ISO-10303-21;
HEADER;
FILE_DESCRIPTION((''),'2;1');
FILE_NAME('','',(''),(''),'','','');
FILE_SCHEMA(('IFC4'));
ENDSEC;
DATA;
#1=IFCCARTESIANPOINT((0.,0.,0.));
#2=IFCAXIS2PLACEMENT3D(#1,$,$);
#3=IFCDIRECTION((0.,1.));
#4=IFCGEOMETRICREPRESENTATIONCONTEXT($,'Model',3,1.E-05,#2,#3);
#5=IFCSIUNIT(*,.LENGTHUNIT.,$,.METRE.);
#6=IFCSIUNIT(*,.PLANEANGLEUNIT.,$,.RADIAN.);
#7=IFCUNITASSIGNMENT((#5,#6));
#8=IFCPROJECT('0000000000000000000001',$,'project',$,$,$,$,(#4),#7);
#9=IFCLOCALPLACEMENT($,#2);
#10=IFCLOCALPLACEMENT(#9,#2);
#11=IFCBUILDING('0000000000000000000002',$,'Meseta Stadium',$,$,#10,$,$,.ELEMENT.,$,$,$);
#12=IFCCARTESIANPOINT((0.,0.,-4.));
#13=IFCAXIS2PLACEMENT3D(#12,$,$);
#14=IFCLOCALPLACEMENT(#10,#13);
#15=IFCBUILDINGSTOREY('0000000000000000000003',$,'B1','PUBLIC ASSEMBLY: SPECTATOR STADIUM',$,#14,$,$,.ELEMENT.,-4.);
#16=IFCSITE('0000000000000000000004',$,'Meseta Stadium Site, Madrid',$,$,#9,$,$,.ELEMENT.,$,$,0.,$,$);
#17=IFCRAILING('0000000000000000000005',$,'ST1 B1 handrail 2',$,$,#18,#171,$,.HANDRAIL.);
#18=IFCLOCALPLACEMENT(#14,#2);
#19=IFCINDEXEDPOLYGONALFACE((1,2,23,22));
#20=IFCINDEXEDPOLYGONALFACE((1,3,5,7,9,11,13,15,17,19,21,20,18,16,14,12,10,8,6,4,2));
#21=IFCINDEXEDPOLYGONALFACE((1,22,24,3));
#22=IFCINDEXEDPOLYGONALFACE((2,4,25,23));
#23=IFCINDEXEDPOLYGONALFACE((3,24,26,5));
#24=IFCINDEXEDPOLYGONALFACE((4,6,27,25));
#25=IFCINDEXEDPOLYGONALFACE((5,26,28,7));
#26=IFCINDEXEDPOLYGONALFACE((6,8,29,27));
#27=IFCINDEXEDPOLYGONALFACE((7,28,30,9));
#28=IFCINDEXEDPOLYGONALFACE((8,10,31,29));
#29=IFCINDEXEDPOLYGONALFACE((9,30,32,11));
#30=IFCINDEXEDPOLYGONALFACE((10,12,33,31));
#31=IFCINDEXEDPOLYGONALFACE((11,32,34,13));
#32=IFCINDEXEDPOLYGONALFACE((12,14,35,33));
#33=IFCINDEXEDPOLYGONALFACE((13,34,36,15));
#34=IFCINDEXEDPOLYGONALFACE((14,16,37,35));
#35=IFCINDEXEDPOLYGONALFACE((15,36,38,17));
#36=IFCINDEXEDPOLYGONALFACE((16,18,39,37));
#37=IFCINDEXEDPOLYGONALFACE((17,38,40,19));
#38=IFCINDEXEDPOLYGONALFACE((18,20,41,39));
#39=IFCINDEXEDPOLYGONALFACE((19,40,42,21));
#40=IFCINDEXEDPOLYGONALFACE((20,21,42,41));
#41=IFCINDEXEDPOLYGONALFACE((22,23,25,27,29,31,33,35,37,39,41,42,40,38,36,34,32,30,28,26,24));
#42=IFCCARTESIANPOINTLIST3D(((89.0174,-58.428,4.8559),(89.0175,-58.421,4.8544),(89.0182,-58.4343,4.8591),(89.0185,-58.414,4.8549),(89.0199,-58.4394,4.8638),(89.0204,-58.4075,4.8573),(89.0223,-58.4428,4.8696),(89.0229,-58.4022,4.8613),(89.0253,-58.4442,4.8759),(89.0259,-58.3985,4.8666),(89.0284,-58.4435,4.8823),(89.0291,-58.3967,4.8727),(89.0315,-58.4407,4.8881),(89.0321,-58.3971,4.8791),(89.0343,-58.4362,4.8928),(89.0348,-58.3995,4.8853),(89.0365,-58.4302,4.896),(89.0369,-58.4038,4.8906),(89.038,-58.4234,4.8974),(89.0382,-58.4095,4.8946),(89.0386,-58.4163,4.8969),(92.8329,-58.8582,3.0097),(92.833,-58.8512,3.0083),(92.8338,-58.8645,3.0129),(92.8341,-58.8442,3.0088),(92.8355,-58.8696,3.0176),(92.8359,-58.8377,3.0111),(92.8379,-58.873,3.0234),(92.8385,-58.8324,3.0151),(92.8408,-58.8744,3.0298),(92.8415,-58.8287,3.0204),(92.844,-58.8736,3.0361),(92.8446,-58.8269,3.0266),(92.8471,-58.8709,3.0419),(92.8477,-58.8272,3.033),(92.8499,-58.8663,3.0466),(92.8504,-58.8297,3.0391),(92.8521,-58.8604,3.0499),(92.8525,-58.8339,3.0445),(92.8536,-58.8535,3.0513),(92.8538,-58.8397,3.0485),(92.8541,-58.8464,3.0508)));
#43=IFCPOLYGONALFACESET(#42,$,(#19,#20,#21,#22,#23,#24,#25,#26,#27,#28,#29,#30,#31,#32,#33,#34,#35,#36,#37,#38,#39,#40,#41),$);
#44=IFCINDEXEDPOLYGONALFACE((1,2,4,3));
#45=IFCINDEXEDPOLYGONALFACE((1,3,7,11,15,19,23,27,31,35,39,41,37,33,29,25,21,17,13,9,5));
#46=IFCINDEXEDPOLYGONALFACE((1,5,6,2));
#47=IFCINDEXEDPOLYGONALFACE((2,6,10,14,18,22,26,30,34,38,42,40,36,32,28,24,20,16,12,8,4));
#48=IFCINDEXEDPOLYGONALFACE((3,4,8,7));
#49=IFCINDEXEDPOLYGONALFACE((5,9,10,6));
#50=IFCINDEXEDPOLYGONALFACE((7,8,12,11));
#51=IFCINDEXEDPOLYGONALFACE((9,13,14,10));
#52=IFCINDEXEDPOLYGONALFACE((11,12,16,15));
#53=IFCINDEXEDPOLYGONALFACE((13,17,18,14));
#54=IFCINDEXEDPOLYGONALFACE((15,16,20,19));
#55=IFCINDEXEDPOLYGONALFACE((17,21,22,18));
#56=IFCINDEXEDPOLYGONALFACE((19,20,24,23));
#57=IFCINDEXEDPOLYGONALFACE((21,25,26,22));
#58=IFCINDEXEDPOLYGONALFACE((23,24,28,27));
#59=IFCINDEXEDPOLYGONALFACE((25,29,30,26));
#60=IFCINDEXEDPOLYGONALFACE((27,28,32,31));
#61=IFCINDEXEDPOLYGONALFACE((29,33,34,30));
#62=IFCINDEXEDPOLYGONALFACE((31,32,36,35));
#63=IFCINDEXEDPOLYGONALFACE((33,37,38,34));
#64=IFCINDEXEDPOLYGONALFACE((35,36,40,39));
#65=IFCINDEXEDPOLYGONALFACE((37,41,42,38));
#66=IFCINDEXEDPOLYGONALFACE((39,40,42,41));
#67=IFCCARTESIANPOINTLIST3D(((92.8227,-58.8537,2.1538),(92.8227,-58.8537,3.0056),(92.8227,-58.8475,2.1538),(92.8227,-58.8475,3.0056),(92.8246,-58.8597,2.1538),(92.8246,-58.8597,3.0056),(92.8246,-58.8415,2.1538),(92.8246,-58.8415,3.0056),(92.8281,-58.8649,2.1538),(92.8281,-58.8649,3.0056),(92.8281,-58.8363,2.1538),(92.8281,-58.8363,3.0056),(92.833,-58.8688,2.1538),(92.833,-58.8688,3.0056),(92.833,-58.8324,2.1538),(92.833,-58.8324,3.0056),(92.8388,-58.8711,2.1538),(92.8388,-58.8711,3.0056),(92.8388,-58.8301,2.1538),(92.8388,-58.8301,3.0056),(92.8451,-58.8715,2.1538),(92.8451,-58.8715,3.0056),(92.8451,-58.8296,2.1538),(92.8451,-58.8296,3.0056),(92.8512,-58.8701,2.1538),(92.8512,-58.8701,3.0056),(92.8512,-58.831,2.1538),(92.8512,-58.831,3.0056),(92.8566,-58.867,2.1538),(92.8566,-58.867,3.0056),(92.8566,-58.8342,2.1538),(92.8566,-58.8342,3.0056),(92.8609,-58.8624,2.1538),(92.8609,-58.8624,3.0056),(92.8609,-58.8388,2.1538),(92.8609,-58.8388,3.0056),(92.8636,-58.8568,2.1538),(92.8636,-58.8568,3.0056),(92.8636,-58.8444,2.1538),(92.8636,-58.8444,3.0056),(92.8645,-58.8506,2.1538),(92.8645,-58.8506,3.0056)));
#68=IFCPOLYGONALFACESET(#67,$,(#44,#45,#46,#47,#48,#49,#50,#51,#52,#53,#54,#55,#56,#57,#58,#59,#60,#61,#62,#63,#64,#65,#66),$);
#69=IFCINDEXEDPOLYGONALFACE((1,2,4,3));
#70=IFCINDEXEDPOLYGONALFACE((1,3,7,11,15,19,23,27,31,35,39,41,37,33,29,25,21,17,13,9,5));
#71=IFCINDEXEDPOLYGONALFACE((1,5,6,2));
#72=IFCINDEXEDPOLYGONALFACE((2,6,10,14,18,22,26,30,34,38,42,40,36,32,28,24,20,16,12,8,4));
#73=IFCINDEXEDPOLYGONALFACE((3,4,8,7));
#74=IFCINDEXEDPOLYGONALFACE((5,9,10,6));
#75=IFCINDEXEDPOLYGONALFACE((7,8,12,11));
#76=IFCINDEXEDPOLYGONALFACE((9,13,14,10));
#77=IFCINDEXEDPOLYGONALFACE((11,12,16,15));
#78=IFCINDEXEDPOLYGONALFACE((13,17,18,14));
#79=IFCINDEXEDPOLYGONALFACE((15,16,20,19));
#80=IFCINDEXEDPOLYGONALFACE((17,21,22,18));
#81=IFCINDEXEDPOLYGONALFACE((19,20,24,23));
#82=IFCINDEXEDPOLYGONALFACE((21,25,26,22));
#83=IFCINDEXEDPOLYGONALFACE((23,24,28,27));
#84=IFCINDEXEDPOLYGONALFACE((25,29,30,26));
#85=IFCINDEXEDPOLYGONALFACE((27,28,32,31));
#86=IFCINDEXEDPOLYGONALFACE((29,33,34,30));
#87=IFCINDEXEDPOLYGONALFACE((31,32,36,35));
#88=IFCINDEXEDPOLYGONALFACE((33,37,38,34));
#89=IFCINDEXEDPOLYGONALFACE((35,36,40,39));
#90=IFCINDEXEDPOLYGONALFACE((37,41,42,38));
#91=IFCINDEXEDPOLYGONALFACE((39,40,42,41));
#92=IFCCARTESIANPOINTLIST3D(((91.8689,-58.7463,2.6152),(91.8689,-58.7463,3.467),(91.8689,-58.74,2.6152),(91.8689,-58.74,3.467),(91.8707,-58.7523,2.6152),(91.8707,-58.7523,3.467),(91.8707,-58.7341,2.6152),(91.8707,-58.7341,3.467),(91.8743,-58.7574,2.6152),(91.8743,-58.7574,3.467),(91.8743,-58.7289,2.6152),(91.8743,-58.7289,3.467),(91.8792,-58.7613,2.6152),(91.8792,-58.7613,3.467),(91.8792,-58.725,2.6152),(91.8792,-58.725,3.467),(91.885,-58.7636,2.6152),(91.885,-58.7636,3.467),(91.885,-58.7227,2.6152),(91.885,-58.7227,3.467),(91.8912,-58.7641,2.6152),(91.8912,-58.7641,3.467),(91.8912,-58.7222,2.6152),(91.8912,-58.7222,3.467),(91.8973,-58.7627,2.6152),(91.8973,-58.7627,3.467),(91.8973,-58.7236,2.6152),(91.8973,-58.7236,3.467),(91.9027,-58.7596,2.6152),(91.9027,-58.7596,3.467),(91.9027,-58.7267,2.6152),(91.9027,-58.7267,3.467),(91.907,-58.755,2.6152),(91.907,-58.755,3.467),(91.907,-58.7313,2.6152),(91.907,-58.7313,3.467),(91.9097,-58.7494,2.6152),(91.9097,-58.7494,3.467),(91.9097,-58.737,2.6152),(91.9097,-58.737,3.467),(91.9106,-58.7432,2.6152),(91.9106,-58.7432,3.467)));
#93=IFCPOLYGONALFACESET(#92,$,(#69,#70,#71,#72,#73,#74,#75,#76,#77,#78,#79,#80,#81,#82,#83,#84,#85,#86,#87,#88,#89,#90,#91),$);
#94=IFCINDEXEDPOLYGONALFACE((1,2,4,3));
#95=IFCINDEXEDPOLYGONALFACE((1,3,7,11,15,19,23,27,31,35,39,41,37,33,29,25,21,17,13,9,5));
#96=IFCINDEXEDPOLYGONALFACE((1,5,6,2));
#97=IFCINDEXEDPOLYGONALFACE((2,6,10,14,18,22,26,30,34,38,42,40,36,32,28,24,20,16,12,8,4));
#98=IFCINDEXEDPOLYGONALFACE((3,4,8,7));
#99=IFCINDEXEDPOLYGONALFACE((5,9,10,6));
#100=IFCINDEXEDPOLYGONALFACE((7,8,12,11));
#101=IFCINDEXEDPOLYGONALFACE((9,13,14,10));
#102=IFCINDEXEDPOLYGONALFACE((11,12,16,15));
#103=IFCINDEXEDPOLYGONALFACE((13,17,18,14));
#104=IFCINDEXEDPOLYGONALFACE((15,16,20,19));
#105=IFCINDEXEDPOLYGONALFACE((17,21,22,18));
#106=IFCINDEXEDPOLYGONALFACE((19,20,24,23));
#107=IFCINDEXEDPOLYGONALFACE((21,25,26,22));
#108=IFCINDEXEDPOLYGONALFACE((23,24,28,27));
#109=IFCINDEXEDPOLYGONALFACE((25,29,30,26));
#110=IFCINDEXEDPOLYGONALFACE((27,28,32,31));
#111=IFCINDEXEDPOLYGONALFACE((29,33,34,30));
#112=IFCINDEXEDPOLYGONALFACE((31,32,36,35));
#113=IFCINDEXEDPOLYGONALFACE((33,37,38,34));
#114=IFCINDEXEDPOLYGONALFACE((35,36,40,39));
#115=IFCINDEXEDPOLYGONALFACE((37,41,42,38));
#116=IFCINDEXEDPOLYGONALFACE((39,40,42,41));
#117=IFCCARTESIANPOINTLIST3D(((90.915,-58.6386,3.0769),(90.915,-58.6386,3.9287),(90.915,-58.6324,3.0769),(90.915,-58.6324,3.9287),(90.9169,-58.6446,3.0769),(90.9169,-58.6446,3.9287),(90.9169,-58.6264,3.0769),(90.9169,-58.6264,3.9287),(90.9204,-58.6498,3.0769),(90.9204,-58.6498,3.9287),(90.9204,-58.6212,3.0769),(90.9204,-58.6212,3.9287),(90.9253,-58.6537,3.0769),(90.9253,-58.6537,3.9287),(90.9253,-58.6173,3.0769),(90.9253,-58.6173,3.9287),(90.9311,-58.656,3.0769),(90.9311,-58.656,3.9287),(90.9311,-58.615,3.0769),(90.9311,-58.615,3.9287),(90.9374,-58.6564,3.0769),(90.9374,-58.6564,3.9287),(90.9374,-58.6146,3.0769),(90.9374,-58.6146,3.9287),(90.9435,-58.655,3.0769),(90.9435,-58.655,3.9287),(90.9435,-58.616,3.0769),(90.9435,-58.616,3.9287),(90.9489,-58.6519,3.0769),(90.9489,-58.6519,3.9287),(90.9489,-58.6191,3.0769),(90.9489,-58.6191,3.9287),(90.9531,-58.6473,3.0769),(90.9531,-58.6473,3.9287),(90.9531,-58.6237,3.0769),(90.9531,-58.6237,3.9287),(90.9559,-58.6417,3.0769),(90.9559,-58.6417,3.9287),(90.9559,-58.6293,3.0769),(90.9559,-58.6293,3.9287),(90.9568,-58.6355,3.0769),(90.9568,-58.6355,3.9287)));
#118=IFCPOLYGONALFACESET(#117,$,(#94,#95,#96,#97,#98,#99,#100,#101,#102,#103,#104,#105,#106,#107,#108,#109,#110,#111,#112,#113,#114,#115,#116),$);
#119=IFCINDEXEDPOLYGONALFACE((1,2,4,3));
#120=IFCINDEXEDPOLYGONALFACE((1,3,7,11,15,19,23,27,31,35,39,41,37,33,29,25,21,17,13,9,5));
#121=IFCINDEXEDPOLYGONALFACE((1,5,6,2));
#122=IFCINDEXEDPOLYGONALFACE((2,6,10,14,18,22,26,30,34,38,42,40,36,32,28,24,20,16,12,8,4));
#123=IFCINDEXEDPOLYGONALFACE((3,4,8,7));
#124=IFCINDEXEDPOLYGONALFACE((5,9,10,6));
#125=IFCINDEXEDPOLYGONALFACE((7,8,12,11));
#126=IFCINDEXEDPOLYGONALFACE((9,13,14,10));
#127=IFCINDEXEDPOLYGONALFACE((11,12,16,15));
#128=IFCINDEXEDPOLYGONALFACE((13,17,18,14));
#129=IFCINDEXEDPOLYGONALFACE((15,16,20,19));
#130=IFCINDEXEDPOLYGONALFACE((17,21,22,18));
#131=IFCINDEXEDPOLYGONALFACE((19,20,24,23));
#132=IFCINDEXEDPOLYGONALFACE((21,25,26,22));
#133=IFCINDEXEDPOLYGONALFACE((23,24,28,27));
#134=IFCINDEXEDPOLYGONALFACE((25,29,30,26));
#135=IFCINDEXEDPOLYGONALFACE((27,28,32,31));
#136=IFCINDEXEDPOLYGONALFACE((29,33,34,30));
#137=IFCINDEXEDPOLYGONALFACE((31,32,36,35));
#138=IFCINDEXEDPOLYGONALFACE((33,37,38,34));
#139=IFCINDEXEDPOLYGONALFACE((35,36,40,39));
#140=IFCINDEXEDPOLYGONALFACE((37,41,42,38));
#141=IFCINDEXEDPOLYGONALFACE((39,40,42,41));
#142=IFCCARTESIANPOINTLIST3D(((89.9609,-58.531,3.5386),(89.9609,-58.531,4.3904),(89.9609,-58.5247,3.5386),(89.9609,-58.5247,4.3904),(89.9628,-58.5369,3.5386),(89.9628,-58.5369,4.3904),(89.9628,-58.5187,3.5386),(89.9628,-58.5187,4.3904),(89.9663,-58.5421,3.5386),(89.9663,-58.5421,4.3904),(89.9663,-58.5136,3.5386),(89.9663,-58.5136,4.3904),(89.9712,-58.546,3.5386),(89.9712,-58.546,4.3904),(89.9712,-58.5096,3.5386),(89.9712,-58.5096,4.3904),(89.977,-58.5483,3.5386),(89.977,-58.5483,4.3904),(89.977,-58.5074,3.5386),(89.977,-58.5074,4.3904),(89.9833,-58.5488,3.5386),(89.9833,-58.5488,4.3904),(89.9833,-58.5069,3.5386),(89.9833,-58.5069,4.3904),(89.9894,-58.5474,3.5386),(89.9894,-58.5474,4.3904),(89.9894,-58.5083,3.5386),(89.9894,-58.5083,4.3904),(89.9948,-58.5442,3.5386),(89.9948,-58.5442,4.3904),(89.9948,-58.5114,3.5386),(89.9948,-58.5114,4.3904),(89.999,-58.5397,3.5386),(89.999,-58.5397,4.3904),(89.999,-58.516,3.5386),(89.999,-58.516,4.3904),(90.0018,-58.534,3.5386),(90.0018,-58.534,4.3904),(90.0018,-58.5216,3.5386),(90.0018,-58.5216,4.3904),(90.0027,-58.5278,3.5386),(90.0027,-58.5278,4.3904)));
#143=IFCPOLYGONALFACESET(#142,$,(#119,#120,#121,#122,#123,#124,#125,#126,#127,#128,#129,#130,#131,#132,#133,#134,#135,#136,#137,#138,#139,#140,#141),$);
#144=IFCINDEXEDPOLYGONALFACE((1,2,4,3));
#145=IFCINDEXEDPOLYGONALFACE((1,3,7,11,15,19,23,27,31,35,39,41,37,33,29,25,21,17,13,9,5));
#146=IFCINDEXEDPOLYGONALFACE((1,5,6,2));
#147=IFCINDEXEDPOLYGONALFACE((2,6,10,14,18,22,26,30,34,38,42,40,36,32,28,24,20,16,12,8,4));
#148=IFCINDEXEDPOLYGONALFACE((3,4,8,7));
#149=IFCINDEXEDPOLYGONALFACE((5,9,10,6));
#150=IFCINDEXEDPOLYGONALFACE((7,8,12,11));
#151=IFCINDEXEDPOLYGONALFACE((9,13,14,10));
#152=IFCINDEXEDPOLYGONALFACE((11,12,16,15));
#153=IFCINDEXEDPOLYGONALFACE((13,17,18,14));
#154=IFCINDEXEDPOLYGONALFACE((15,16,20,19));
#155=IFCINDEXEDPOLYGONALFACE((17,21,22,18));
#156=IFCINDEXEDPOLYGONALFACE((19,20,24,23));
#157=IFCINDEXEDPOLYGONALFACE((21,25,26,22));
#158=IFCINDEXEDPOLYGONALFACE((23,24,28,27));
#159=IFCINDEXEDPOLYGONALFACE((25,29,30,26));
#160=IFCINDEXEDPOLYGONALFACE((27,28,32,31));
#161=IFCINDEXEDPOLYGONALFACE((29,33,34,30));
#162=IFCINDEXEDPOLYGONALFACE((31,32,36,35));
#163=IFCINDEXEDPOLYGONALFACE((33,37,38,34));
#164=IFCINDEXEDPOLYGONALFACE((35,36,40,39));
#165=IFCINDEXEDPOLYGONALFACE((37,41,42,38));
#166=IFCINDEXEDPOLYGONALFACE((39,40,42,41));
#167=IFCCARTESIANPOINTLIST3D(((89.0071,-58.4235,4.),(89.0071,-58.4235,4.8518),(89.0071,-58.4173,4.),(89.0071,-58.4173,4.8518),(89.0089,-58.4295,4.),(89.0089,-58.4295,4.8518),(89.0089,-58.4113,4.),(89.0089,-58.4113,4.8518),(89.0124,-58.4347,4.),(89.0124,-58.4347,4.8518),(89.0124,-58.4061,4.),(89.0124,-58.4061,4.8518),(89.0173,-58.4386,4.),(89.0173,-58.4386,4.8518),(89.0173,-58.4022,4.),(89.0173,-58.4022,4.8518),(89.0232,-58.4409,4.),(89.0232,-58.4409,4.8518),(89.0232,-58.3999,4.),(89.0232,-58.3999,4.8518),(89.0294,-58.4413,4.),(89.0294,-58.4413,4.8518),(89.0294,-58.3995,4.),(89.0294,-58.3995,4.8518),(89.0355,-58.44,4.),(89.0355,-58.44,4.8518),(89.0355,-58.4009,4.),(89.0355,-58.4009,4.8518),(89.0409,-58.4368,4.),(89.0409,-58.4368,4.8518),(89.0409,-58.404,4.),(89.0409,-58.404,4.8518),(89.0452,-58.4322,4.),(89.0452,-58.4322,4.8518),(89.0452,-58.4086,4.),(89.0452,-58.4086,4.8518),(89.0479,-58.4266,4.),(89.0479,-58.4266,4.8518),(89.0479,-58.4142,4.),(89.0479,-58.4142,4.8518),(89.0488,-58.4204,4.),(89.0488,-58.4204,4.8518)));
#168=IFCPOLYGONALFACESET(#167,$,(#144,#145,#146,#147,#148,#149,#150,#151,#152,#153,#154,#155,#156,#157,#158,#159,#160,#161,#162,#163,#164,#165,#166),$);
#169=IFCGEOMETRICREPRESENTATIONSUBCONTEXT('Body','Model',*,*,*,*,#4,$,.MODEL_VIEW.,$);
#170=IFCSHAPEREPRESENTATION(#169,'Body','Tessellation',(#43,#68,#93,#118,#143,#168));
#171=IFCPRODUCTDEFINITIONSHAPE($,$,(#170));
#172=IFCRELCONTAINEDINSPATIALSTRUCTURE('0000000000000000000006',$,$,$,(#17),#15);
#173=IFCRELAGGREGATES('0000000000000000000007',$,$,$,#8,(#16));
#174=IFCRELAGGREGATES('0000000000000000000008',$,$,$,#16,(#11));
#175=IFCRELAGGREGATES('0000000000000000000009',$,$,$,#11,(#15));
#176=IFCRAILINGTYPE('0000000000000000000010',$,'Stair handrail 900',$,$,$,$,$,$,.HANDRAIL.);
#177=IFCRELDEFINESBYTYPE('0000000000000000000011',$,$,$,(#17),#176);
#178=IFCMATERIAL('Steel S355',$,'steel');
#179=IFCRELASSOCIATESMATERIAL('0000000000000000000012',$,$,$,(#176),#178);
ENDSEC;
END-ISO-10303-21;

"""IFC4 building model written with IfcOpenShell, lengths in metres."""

from ifc_helpers import new_model, si_unit, direction, frame, origin, origin_2d, place, context, subcontext, project, spatial, circle, extrude, material, type_object, element, save


model = new_model("IFC4")

# Units and contexts
model_context = context("Model", 3, precision=1e-05, world=origin(), true_north=direction((0.0, 1.0)))
body_context = subcontext(model_context, "Body", "Model", "MODEL_VIEW")
ifc_project = project(units=[si_unit("LENGTHUNIT", "METRE"), si_unit("PLANEANGLEUNIT", "RADIAN")], contexts=[model_context])

# Site, building, storey
site_placement = place(None, origin())
site = spatial("IfcSite", under=ifc_project, at=site_placement, Name="Meseta Stadium Site, Madrid", CompositionType="ELEMENT", RefElevation=0.0)
building_placement = place(site_placement, origin())
building = spatial("IfcBuilding", under=site, at=building_placement, Name="Meseta Stadium", CompositionType="ELEMENT")
storey_placement = place(building_placement, frame((0.0, 0.0, -4.0)))
storey = spatial("IfcBuildingStorey", under=building, at=storey_placement, Name="B1", Description="PUBLIC ASSEMBLY: SPECTATOR STADIUM", CompositionType="ELEMENT", Elevation=-4.0)

# Railing
ifc_material_1 = material(Name="Steel S355", Category="steel")
railing_type_1 = type_object("IfcRailingType", Name="Stair handrail 900", PredefinedType="HANDRAIL", material=ifc_material_1)
railing_1_placement = place(storey_placement, frame((92.8435, -58.8506, 2.1538)))
element("IfcRailing", 1, at=railing_1_placement, inside=storey, type_object=railing_type_1, Name="ST1 B1 handrail 2", PredefinedType="HANDRAIL", context=body_context, shape_type="SweptSolid", body=[
    extrude(circle(Radius=0.0239, at=origin_2d()), frame((0.0, 0.0, 0.876), z_axis=(-0.895569, 0.100966, 0.433316), x_axis=(-0.112029, -0.993705, 0.0)), (0.0, 0.0, 1.0), 4.2605),
    extrude(circle(Radius=0.021, at=origin_2d()), origin(), (0.0, 0.0, 1.0), 0.8518),
    extrude(circle(Radius=0.021, at=origin_2d()), frame((-0.9539, 0.1074, 0.4614)), (0.0, 0.0, 1.0), 0.8518),
    extrude(circle(Radius=0.021, at=origin_2d()), frame((-1.9077, 0.2151, 0.9231)), (0.0, 0.0, 1.0), 0.8518),
    extrude(circle(Radius=0.021, at=origin_2d()), frame((-2.8618, 0.3228, 1.3848)), (0.0, 0.0, 1.0), 0.8518),
    extrude(circle(Radius=0.021, at=origin_2d()), frame((-3.8157, 0.4302, 1.8462)), (0.0, 0.0, 1.0), 0.8518),
])

save(model, "model.ifc")
